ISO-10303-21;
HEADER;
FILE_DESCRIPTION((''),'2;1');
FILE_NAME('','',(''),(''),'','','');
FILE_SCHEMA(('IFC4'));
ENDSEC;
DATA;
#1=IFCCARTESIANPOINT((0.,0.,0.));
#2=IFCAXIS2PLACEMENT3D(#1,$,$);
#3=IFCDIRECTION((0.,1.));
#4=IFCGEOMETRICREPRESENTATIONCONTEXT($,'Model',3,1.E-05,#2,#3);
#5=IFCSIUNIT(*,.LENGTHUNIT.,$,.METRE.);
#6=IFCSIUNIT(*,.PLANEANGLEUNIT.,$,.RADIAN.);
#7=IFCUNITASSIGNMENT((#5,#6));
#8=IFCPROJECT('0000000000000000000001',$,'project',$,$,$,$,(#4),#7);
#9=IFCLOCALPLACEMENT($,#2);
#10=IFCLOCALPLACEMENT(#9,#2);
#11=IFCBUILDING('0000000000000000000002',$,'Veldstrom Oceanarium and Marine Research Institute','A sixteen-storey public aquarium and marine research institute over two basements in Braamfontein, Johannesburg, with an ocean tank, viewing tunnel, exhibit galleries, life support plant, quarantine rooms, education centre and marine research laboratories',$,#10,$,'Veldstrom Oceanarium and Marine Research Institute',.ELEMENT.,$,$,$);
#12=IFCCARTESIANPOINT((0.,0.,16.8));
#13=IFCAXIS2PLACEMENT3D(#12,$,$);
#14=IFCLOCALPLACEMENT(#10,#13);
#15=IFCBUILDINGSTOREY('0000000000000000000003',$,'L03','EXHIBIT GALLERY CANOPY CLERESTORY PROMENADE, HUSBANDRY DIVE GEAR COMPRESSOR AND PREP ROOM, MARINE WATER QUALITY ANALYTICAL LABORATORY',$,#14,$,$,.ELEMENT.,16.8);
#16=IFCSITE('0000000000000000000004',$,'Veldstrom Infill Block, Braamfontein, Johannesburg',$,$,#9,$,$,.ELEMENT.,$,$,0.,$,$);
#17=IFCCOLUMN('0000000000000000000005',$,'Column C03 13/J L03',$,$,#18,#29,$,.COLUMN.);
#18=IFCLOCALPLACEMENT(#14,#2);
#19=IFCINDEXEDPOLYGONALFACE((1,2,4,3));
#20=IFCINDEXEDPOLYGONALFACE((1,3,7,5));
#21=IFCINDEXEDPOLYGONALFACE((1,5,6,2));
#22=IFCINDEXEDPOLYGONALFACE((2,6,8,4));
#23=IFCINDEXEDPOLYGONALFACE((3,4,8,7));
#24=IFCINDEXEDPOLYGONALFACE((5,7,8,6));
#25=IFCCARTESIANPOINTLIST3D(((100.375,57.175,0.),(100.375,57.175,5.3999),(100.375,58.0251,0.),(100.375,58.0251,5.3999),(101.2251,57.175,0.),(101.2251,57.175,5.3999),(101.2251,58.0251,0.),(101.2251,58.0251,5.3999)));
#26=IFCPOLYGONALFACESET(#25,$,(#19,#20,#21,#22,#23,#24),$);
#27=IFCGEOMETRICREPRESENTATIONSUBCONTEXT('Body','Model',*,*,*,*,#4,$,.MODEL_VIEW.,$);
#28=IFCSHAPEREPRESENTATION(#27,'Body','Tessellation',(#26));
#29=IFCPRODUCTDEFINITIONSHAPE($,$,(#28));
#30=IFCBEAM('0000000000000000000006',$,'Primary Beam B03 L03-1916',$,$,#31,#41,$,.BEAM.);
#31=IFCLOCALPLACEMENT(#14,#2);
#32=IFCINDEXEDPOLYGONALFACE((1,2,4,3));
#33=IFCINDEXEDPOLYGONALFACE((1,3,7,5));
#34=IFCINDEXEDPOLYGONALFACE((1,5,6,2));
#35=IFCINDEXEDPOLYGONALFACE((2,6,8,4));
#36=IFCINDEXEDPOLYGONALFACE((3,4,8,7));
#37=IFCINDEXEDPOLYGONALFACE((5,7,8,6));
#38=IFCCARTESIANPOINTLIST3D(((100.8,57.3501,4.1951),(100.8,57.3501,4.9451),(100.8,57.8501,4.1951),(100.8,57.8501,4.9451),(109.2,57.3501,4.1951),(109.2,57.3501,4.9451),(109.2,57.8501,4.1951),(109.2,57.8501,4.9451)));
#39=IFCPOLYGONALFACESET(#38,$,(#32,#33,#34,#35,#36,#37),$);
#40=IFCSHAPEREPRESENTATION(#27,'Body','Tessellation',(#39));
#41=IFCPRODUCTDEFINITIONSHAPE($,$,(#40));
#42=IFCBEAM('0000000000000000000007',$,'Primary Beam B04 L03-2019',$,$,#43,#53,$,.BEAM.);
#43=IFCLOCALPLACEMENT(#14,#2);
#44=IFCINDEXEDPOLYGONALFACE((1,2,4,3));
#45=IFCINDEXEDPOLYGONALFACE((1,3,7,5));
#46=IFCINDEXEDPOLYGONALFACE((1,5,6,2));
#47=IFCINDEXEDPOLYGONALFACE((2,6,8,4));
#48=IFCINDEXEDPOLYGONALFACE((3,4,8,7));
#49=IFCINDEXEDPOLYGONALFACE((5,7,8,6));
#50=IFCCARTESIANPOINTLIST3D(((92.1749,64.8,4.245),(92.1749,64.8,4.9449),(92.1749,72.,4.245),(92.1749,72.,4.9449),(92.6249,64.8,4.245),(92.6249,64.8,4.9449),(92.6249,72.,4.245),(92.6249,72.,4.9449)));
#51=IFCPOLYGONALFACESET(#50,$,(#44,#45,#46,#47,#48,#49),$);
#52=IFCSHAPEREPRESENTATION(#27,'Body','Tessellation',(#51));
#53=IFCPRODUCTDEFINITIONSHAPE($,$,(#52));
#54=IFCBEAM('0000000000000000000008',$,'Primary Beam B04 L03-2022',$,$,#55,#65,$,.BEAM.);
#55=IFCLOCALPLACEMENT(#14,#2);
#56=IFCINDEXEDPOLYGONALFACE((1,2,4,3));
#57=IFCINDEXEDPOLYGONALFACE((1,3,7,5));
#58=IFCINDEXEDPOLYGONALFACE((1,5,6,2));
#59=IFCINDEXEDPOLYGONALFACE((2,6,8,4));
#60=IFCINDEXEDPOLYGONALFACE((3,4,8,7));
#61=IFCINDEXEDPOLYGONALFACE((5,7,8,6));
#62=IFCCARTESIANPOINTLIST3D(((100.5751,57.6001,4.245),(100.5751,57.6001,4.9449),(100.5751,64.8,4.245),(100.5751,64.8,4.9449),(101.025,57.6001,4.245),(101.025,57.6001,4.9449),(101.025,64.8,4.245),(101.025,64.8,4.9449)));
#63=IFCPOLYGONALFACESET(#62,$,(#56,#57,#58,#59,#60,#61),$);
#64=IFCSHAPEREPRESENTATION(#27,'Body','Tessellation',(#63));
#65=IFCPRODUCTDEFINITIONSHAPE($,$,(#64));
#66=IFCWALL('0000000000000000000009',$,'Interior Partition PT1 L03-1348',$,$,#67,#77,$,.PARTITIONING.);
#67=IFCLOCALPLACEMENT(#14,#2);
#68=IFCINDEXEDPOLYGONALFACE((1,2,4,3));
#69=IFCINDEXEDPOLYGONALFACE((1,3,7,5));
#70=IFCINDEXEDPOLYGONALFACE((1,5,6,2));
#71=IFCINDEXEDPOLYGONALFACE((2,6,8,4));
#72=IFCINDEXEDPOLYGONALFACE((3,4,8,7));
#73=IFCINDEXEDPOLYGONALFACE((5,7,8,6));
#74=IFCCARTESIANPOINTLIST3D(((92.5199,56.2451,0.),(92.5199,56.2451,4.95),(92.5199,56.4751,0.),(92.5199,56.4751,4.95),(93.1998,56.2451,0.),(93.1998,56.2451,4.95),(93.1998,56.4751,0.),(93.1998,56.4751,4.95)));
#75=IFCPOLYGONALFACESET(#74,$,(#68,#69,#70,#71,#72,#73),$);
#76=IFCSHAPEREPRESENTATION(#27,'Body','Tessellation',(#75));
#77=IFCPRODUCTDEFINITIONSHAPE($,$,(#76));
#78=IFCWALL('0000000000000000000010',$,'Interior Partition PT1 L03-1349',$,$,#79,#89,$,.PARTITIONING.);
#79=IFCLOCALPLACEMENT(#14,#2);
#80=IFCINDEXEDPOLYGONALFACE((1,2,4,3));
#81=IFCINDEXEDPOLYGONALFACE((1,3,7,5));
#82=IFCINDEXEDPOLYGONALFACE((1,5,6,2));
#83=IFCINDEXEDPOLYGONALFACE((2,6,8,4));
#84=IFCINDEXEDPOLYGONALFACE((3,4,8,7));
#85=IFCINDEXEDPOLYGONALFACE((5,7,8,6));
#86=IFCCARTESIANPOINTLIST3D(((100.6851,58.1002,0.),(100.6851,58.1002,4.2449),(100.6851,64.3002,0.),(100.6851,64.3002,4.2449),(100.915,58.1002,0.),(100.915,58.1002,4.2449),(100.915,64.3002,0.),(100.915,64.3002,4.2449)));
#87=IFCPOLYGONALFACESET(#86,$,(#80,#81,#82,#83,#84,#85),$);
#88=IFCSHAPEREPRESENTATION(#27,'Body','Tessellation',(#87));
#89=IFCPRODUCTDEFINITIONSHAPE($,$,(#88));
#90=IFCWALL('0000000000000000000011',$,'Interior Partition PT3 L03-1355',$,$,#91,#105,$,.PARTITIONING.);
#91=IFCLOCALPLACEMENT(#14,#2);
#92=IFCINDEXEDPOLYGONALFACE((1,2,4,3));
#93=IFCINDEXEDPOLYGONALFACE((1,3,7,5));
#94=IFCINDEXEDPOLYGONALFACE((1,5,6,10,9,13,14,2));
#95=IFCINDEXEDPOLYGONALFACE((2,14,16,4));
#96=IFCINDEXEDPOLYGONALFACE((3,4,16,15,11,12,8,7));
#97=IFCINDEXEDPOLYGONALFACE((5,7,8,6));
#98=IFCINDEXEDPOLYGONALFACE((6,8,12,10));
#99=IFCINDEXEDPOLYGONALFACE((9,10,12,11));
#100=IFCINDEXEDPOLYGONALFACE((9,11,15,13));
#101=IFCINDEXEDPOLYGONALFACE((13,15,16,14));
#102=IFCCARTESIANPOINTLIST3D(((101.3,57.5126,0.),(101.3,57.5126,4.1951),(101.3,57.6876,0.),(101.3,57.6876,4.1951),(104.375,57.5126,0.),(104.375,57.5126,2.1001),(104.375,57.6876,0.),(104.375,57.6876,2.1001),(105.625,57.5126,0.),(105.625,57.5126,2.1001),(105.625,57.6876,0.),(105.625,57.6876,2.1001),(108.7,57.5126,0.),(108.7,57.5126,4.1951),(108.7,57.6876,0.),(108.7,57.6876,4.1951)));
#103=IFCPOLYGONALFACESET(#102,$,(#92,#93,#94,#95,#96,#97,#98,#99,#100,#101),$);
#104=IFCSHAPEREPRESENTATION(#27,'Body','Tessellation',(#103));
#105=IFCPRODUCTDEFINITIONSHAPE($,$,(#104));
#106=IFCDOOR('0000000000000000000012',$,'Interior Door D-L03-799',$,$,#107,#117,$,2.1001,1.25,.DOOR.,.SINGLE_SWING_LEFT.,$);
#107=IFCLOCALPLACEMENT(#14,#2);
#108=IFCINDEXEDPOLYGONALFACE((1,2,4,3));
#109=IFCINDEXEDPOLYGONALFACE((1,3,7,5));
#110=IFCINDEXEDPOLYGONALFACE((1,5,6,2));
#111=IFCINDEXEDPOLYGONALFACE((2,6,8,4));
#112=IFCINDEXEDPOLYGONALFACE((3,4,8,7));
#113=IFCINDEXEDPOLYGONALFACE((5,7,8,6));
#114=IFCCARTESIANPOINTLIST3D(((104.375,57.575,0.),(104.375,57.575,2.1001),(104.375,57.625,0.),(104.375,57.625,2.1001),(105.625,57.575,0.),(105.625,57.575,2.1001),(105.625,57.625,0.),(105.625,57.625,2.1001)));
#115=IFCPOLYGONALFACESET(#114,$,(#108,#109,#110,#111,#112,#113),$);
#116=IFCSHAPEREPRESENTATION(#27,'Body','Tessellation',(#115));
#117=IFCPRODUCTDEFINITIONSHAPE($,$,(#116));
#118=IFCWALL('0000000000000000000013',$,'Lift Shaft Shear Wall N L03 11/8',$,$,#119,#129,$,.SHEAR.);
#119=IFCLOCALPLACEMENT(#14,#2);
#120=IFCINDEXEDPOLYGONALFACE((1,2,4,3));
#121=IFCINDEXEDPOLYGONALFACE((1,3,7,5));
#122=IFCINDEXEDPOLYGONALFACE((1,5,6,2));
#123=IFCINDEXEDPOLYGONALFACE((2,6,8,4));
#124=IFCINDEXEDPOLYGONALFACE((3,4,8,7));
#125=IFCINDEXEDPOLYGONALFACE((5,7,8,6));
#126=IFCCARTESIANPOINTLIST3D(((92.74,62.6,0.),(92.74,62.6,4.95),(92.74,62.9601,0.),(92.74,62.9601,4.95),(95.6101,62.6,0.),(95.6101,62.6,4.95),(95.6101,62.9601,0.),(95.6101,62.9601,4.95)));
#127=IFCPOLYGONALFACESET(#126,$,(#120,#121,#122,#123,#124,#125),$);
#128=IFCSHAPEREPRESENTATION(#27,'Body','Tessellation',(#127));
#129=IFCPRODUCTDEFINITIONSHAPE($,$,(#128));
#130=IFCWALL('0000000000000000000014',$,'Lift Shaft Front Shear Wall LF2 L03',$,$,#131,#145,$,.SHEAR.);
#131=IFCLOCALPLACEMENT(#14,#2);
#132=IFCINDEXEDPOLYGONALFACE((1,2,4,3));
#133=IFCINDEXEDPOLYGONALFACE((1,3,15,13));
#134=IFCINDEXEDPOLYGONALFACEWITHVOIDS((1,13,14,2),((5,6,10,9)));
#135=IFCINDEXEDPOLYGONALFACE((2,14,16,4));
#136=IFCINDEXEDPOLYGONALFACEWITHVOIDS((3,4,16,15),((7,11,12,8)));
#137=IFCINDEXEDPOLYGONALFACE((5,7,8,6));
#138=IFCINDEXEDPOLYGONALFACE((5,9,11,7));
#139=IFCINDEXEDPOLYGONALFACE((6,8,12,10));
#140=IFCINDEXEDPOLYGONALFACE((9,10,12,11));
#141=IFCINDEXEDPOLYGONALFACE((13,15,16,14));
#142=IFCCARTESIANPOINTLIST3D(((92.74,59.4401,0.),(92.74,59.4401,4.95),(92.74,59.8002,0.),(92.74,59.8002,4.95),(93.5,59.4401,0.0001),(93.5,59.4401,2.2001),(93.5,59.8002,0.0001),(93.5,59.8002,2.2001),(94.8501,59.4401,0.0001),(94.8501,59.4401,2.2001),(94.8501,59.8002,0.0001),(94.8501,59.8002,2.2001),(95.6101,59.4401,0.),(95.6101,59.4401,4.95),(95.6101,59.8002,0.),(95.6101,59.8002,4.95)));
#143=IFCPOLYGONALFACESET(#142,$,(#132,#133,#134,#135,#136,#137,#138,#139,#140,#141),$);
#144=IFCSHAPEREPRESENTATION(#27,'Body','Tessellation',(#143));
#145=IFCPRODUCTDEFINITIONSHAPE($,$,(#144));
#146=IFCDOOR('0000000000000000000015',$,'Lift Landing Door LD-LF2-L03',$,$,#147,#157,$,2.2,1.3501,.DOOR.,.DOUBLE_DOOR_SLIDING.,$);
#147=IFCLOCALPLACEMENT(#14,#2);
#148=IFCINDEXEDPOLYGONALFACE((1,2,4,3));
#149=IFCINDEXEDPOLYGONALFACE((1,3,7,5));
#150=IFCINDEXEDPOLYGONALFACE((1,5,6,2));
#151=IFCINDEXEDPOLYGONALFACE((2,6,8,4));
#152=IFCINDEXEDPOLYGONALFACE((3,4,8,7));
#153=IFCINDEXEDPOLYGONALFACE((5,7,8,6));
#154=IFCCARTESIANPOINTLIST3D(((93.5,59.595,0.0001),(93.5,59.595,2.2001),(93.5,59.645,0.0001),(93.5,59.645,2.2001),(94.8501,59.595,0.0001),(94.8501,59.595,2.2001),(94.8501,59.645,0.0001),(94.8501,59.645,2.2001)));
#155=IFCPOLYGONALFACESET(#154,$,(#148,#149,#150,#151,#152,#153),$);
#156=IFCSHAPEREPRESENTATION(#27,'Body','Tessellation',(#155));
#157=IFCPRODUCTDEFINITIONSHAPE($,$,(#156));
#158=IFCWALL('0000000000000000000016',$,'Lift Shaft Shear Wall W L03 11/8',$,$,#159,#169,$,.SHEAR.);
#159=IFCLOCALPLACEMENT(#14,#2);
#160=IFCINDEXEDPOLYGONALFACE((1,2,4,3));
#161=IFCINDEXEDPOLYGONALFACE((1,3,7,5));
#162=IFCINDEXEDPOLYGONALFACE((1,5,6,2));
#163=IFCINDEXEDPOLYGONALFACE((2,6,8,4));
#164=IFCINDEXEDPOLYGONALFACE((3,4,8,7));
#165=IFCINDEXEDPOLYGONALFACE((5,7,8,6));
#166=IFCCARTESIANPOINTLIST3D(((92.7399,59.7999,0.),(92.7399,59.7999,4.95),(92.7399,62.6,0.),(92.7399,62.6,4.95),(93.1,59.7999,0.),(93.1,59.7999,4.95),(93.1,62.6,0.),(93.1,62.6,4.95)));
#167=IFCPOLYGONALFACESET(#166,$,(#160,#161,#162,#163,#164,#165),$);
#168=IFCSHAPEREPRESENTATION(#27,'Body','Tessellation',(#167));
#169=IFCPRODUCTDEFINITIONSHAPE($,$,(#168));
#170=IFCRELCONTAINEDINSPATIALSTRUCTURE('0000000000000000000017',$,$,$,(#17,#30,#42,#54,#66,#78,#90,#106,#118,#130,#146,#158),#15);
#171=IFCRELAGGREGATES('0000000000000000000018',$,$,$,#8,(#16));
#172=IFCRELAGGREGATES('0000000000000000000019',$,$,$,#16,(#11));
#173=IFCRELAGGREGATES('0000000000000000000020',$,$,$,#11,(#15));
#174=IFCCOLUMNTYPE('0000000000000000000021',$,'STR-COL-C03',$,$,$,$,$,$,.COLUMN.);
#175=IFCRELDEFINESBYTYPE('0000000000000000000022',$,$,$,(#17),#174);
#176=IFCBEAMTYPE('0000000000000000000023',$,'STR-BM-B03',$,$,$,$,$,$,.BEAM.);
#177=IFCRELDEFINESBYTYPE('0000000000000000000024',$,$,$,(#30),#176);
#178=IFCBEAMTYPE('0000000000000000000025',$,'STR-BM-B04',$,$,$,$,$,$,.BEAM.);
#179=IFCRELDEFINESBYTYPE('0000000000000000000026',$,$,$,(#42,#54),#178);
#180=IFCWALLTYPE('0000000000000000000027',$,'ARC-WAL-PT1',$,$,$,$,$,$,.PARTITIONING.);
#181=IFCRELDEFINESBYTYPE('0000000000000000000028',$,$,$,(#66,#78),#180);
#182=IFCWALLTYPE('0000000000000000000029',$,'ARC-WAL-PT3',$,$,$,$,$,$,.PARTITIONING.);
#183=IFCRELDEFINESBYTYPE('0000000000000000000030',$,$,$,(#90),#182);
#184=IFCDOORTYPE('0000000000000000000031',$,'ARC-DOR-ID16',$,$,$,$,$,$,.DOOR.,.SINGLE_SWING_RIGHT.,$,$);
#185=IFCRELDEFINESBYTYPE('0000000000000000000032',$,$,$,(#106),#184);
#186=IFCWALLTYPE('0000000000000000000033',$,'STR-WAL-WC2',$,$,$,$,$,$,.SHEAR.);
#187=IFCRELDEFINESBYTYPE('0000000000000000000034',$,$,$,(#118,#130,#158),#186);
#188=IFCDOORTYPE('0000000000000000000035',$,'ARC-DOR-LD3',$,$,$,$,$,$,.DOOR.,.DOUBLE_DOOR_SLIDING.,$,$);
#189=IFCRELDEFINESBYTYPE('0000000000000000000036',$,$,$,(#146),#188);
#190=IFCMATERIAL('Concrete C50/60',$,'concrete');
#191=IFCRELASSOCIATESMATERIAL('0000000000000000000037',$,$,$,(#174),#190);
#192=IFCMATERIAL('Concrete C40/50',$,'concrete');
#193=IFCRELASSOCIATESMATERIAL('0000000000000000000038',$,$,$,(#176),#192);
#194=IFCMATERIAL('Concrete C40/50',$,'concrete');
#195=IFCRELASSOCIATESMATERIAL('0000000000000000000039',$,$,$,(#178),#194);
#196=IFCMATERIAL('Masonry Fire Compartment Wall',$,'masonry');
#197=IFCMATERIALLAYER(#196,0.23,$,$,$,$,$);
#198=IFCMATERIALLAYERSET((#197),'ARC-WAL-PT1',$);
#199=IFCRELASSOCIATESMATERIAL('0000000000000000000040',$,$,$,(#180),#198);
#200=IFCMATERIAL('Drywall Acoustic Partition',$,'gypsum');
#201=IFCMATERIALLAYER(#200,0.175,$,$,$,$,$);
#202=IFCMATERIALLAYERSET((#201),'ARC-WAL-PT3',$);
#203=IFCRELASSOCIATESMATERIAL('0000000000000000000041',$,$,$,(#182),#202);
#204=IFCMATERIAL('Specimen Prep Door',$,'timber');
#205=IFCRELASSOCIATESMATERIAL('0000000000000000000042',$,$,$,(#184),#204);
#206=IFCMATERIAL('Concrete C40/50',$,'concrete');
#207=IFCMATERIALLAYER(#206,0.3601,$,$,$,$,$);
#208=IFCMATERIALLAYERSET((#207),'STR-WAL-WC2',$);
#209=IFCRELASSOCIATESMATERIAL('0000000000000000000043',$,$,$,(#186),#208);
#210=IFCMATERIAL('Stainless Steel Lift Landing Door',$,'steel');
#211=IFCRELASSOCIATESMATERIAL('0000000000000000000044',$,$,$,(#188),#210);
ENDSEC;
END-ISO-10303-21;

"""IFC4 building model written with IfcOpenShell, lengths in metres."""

from ifc_helpers import new_model, si_unit, direction, frame, frame_2d, origin, origin_2d, place, context, subcontext, project, spatial, rectangle, extrude, material, layer, layer_set, material_profile, profile_set, type_object, element, fill, save


model = new_model("IFC4")

# Units and contexts
model_context = context("Model", 3, precision=1e-05, world=origin(), true_north=direction((0.0, 1.0)))
body_context = subcontext(model_context, "Body", "Model", "MODEL_VIEW")
ifc_project = project(units=[si_unit("LENGTHUNIT", "METRE"), si_unit("PLANEANGLEUNIT", "RADIAN")], contexts=[model_context])

# Site, building, storey
site_placement = place(None, origin())
site = spatial("IfcSite", under=ifc_project, at=site_placement, Name="Veldstrom Infill Block, Braamfontein, Johannesburg", CompositionType="ELEMENT", RefElevation=0.0)
building_placement = place(site_placement, origin())
building = spatial("IfcBuilding", under=site, at=building_placement, Name="Veldstrom Oceanarium and Marine Research Institute", Description="A sixteen-storey public aquarium and marine research institute over two basements in Braamfontein, Johannesburg, with an ocean tank, viewing tunnel, exhibit galleries, life support plant, quarantine rooms, education centre and marine research laboratories", LongName="Veldstrom Oceanarium and Marine Research Institute", CompositionType="ELEMENT")
storey_placement = place(building_placement, frame((0.0, 0.0, 16.8)))
storey = spatial("IfcBuildingStorey", under=building, at=storey_placement, Name="L03", Description="EXHIBIT GALLERY CANOPY CLERESTORY PROMENADE, HUSBANDRY DIVE GEAR COMPRESSOR AND PREP ROOM, MARINE WATER QUALITY ANALYTICAL LABORATORY", CompositionType="ELEMENT", Elevation=16.8)

# Column
ifc_material_1 = material(Name="Concrete C50/60", Category="concrete")
ifc_material_profile_1 = material_profile(ifc_material_1, rectangle(XDim=0.8501, YDim=0.8501, at=origin_2d()), Name="RC-COL-850x850")
ifc_profile_set_1 = profile_set([ifc_material_profile_1], Name="Concrete C50/60")
column_type = type_object("IfcColumnType", Name="STR-COL-C03", PredefinedType="COLUMN", material=ifc_profile_set_1)
column_placement = place(storey_placement, frame((100.8, 57.6001, 0.0), z_axis=(0.0, 0.0, 1.0), x_axis=(1.0, 0.0, 0.0)))
element("IfcColumn", 1, at=column_placement, inside=storey, type_object=column_type, Name="Column C03 13/J L03", PredefinedType="COLUMN", context=body_context, shape_type="SweptSolid", body=[
    extrude(rectangle(XDim=0.8501, YDim=0.8501, at=origin_2d()), origin(), (0.0, 0.0, 1.0), 5.3999),
])

# Beams
ifc_material_2 = material(Name="Concrete C40/50", Category="concrete")
ifc_material_profile_2 = material_profile(ifc_material_2, rectangle(XDim=0.5, YDim=0.75, at=origin_2d()), Name="RC-BM-500x750")
ifc_profile_set_2 = profile_set([ifc_material_profile_2], Name="Concrete C40/50")
beam_type_1 = type_object("IfcBeamType", Name="STR-BM-B03", PredefinedType="BEAM", material=ifc_profile_set_2)
beam_placement = place(storey_placement, frame((100.8, 57.6001, 4.5701), z_axis=(1.0, 0.0, 0.0), x_axis=(0.0, 1.0, 0.0)))
element("IfcBeam", 2, at=beam_placement, inside=storey, type_object=beam_type_1, Name="Primary Beam B03 L03-1916", PredefinedType="BEAM", context=body_context, shape_type="SweptSolid", body=[
    extrude(rectangle(XDim=0.5, YDim=0.75, at=origin_2d()), origin(), (0.0, 0.0, 1.0), 8.3999),
])
ifc_material_3 = material(Name="Concrete C40/50", Category="concrete")
ifc_material_profile_3 = material_profile(ifc_material_3, rectangle(XDim=0.45, YDim=0.7, at=origin_2d()), Name="RC-BM-450x700")
ifc_profile_set_3 = profile_set([ifc_material_profile_3], Name="Concrete C40/50")
beam_type_2 = type_object("IfcBeamType", Name="STR-BM-B04", PredefinedType="BEAM", material=ifc_profile_set_3)
for number, where, z_axis, x_axis, name in (
    (3, (92.3999, 64.8, 4.595), (0.0, 1.0, 0.0), (-1.0, 0.0, 0.0), "Primary Beam B04 L03-2019"),
    (4, (100.8, 57.6001, 4.595), (0.0, 1.0, 0.0), (-1.0, 0.0, 0.0), "Primary Beam B04 L03-2022"),
):
    element("IfcBeam", number, at=place(storey_placement, frame(where, z_axis=z_axis, x_axis=x_axis)), inside=storey, type_object=beam_type_2, Name=name, PredefinedType="BEAM", context=body_context, shape_type="SweptSolid", body=[
        extrude(rectangle(XDim=0.45, YDim=0.7, at=origin_2d()), origin(), (0.0, 0.0, 1.0), 7.2),
    ])

# Walls
ifc_material_4 = material(Name="Masonry Fire Compartment Wall", Category="masonry")
ifc_layer_1 = layer(ifc_material_4, 0.23)
ifc_layer_set_1 = layer_set([ifc_layer_1], Name="ARC-WAL-PT1")
wall_type_1 = type_object("IfcWallType", Name="ARC-WAL-PT1", PredefinedType="PARTITIONING", material=ifc_layer_set_1)
wall_1_placement = place(storey_placement, frame((92.52, 56.3601, 0.0), z_axis=(0.0, 0.0, 1.0), x_axis=(1.0, 0.0, 0.0)))
element("IfcWall", 5, at=wall_1_placement, inside=storey, type_object=wall_type_1, Name="Interior Partition PT1 L03-1348", PredefinedType="PARTITIONING", context=body_context, shape_type="SweptSolid", body=[
    extrude(rectangle(XDim=0.6799, YDim=0.23, at=frame_2d((0.3398, 0.0))), origin(), (0.0, 0.0, 1.0), 4.95),
])
wall_2_placement = place(storey_placement, frame((100.8, 58.1001, 0.0), z_axis=(0.0, 0.0, 1.0), x_axis=(0.0, 1.0, 0.0)))
element("IfcWall", 6, at=wall_2_placement, inside=storey, type_object=wall_type_1, Name="Interior Partition PT1 L03-1349", PredefinedType="PARTITIONING", context=body_context, shape_type="SweptSolid", body=[
    extrude(rectangle(XDim=6.2, YDim=0.23, at=frame_2d((3.1001, 0.0))), origin(), (0.0, 0.0, 1.0), 4.2449),
])

# Wall, opening, door
ifc_material_5 = material(Name="Drywall Acoustic Partition", Category="gypsum")
ifc_layer_2 = layer(ifc_material_5, 0.175)
ifc_layer_set_2 = layer_set([ifc_layer_2], Name="ARC-WAL-PT3")
wall_type_2 = type_object("IfcWallType", Name="ARC-WAL-PT3", PredefinedType="PARTITIONING", material=ifc_layer_set_2)
wall_3_placement = place(storey_placement, frame((101.3, 57.6001, 0.0), z_axis=(0.0, 0.0, 1.0), x_axis=(1.0, 0.0, 0.0)))
wall_3 = element("IfcWall", 7, at=wall_3_placement, inside=storey, type_object=wall_type_2, Name="Interior Partition PT3 L03-1355", PredefinedType="PARTITIONING", context=body_context, shape_type="SweptSolid", body=[
    extrude(rectangle(XDim=7.3999, YDim=0.175, at=frame_2d((3.7, 0.0))), origin(), (0.0, 0.0, 1.0), 4.1951),
])
opening_1_placement = place(wall_3_placement, frame((3.075, 0.0, 0.0)))
opening_1 = element("IfcOpeningElement", 8, at=opening_1_placement, cuts=wall_3, PredefinedType="OPENING", context=body_context, shape_type="SweptSolid", body=[
    extrude(rectangle(XDim=1.25, YDim=2.1001, at=frame_2d((0.625, 1.05))), frame((0.0, 0.0974, 0.0), z_axis=(0.0, -1.0, 0.0), x_axis=(1.0, 0.0, 0.0)), (0.0, 0.0, 1.0), 0.1951),
])
ifc_material_6 = material(Name="Specimen Prep Door", Category="timber")
door_type_1 = type_object("IfcDoorType", Name="ARC-DOR-ID16", OperationType="SINGLE_SWING_RIGHT", PredefinedType="DOOR", material=ifc_material_6)
door_1_placement = place(opening_1_placement, origin())
door_1 = element("IfcDoor", 9, at=door_1_placement, inside=storey, type_object=door_type_1, Name="Interior Door D-L03-799", OperationType="SINGLE_SWING_LEFT", OverallHeight=2.1001, OverallWidth=1.25, PredefinedType="DOOR", context=body_context, shape_type="SweptSolid", body=[
    extrude(rectangle(XDim=1.25, YDim=2.1001, at=frame_2d((0.625, 1.05))), frame((0.0, 0.0249, 0.0), z_axis=(0.0, -1.0, 0.0), x_axis=(1.0, 0.0, 0.0)), (0.0, 0.0, 1.0), 0.05),
])
fill(opening_1, door_1)

# Wall
ifc_material_7 = material(Name="Concrete C40/50", Category="concrete")
ifc_layer_3 = layer(ifc_material_7, 0.3601)
ifc_layer_set_3 = layer_set([ifc_layer_3], Name="STR-WAL-WC2")
wall_type_3 = type_object("IfcWallType", Name="STR-WAL-WC2", PredefinedType="SHEAR", material=ifc_layer_set_3)
wall_4_placement = place(storey_placement, frame((92.74, 62.78, 0.0), z_axis=(0.0, 0.0, 1.0), x_axis=(1.0, 0.0, 0.0)))
element("IfcWall", 10, at=wall_4_placement, inside=storey, type_object=wall_type_3, Name="Lift Shaft Shear Wall N L03 11/8", PredefinedType="SHEAR", context=body_context, shape_type="SweptSolid", body=[
    extrude(rectangle(XDim=2.8701, YDim=0.3601, at=frame_2d((1.4351, 0.0))), origin(), (0.0, 0.0, 1.0), 4.95),
])

# Wall, opening, door
wall_5_placement = place(storey_placement, frame((92.74, 59.6201, 0.0), z_axis=(0.0, 0.0, 1.0), x_axis=(1.0, 0.0, 0.0)))
wall_5 = element("IfcWall", 11, at=wall_5_placement, inside=storey, type_object=wall_type_3, Name="Lift Shaft Front Shear Wall LF2 L03", PredefinedType="SHEAR", context=body_context, shape_type="SweptSolid", body=[
    extrude(rectangle(XDim=2.8701, YDim=0.3601, at=frame_2d((1.4351, 0.0))), origin(), (0.0, 0.0, 1.0), 4.95),
])
opening_2_placement = place(wall_5_placement, frame((0.76, 0.0, 0.0)))
opening_2 = element("IfcOpeningElement", 12, at=opening_2_placement, cuts=wall_5, PredefinedType="OPENING", context=body_context, shape_type="SweptSolid", body=[
    extrude(rectangle(XDim=1.3501, YDim=2.2, at=frame_2d((0.675, 1.1001))), frame((0.0, 0.1899, 0.0), z_axis=(0.0, -1.0, 0.0), x_axis=(1.0, 0.0, 0.0)), (0.0, 0.0, 1.0), 0.3801),
])
ifc_material_8 = material(Name="Stainless Steel Lift Landing Door", Category="steel")
door_type_2 = type_object("IfcDoorType", Name="ARC-DOR-LD3", OperationType="DOUBLE_DOOR_SLIDING", PredefinedType="DOOR", material=ifc_material_8)
door_2_placement = place(opening_2_placement, origin())
door_2 = element("IfcDoor", 13, at=door_2_placement, inside=storey, type_object=door_type_2, Name="Lift Landing Door LD-LF2-L03", OperationType="DOUBLE_DOOR_SLIDING", OverallHeight=2.2, OverallWidth=1.3501, PredefinedType="DOOR", context=body_context, shape_type="SweptSolid", body=[
    extrude(rectangle(XDim=1.3501, YDim=2.2, at=frame_2d((0.675, 1.1001))), frame((0.0, 0.0249, 0.0), z_axis=(0.0, -1.0, 0.0), x_axis=(1.0, 0.0, 0.0)), (0.0, 0.0, 1.0), 0.05),
])
fill(opening_2, door_2)

# Wall
for number, where, z_axis, x_axis, name in (
    (14, (92.9199, 59.8, 0.0), (0.0, 0.0, 1.0), (0.0, 1.0, 0.0), "Lift Shaft Shear Wall W L03 11/8"),
):
    element("IfcWall", number, at=place(storey_placement, frame(where, z_axis=z_axis, x_axis=x_axis)), inside=storey, type_object=wall_type_3, Name=name, PredefinedType="SHEAR", context=body_context, shape_type="SweptSolid", body=[
        extrude(rectangle(XDim=2.8, YDim=0.3601, at=frame_2d((1.3999, 0.0))), origin(), (0.0, 0.0, 1.0), 4.95),
    ])

save(model, "model.ifc")
